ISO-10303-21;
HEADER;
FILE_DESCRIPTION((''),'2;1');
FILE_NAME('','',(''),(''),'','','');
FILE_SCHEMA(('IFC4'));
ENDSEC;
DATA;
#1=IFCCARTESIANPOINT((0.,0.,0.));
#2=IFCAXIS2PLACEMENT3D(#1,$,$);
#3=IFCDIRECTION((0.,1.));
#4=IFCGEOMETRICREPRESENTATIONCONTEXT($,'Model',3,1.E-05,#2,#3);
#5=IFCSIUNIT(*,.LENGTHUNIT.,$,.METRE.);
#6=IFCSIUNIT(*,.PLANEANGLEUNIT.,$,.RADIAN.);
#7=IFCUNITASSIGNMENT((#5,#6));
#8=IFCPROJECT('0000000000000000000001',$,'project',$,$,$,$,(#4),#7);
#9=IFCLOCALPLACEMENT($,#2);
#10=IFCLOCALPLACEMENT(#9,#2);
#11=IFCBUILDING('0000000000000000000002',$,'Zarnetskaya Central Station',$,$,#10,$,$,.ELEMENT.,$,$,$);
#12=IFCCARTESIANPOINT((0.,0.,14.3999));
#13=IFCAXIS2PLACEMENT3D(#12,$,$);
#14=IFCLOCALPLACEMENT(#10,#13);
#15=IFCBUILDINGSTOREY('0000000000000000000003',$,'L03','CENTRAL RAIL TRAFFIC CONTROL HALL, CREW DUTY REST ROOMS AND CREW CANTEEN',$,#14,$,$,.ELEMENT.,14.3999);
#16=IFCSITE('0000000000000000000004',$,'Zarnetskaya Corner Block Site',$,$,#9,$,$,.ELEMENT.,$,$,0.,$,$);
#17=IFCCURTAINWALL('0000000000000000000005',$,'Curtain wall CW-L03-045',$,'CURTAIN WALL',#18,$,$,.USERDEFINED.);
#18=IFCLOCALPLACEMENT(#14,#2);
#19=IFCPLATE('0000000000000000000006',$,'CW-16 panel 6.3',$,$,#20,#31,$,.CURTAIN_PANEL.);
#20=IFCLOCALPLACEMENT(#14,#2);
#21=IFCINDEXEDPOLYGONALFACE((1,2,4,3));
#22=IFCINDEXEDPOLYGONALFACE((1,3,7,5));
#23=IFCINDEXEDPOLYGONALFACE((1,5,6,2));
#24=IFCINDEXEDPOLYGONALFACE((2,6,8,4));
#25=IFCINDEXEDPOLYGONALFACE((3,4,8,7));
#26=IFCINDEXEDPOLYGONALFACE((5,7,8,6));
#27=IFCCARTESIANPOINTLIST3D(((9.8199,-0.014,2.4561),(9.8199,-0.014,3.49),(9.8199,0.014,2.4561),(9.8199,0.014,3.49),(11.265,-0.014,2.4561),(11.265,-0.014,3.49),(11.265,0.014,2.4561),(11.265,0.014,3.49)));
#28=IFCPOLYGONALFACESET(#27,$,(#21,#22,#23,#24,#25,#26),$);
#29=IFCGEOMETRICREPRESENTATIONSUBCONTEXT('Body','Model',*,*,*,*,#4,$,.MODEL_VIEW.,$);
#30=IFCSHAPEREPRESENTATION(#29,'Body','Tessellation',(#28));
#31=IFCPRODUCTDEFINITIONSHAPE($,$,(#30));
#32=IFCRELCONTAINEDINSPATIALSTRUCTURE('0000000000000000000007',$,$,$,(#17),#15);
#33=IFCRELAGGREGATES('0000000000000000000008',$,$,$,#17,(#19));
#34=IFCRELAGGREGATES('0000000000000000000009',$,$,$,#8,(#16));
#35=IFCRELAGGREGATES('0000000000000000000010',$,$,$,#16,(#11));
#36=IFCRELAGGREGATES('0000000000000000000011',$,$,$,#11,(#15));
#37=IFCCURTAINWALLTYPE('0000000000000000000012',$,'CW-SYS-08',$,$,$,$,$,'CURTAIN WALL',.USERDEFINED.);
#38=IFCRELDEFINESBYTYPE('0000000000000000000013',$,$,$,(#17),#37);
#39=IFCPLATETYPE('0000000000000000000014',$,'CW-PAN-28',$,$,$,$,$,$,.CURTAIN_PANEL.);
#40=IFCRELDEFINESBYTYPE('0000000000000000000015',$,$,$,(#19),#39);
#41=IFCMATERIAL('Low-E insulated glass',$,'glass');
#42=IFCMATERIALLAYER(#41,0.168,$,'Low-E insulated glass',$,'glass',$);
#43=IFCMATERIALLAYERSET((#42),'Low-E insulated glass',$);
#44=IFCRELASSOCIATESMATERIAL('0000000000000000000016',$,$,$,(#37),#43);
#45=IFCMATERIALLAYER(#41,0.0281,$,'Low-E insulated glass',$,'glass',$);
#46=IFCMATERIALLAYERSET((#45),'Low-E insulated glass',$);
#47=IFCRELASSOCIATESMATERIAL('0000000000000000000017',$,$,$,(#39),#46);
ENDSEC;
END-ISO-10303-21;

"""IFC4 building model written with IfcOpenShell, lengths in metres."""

from ifc_helpers import new_model, si_unit, direction, frame, origin, origin_2d, place, context, subcontext, project, spatial, rectangle, extrude, material, layer, layer_set, type_object, element, aggregate, save


model = new_model("IFC4")

# Units and contexts
model_context = context("Model", 3, precision=1e-05, world=origin(), true_north=direction((0.0, 1.0)))
body_context = subcontext(model_context, "Body", "Model", "MODEL_VIEW")
ifc_project = project(units=[si_unit("LENGTHUNIT", "METRE"), si_unit("PLANEANGLEUNIT", "RADIAN")], contexts=[model_context])

# Site, building, storey
site_placement = place(None, origin())
site = spatial("IfcSite", under=ifc_project, at=site_placement, Name="Zarnetskaya Corner Block Site", CompositionType="ELEMENT", RefElevation=0.0)
building_placement = place(site_placement, origin())
building = spatial("IfcBuilding", under=site, at=building_placement, Name="Zarnetskaya Central Station", CompositionType="ELEMENT")
storey_placement = place(building_placement, frame((0.0, 0.0, 14.3999)))
storey = spatial("IfcBuildingStorey", under=building, at=storey_placement, Name="L03", Description="CENTRAL RAIL TRAFFIC CONTROL HALL, CREW DUTY REST ROOMS AND CREW CANTEEN", CompositionType="ELEMENT", Elevation=14.3999)

# Curtain wall
ifc_material_1 = material(Name="Low-E insulated glass", Category="glass")
ifc_layer_1 = layer(ifc_material_1, 0.168, Name="Low-E insulated glass", Category="glass")
ifc_layer_set_1 = layer_set([ifc_layer_1], Name="Low-E insulated glass")
curtain_wall_type = type_object("IfcCurtainWallType", Name="CW-SYS-08", ElementType="CURTAIN WALL", PredefinedType="USERDEFINED", material=ifc_layer_set_1)
curtain_wall_placement = place(storey_placement, origin())
curtain_wall = element("IfcCurtainWall", 1, at=curtain_wall_placement, inside=storey, type_object=curtain_wall_type, Name="Curtain wall CW-L03-045", ObjectType="CURTAIN WALL", PredefinedType="USERDEFINED")

# Plate
ifc_layer_2 = layer(ifc_material_1, 0.0281, Name="Low-E insulated glass", Category="glass")
ifc_layer_set_2 = layer_set([ifc_layer_2], Name="Low-E insulated glass")
plate_type = type_object("IfcPlateType", Name="CW-PAN-28", PredefinedType="CURTAIN_PANEL", material=ifc_layer_set_2)
plate_1_placement = place(storey_placement, frame((10.5425, 0.0, 2.4561), z_axis=(0.0, 0.0, 1.0), x_axis=(-1.0, 0.0, 0.0)))
plate_1 = element("IfcPlate", 2, at=plate_1_placement, type_object=plate_type, Name="CW-16 panel 6.3", PredefinedType="CURTAIN_PANEL", context=body_context, shape_type="SweptSolid", body=[
    extrude(rectangle(XDim=1.4451, YDim=0.0281, at=origin_2d()), origin(), (0.0, 0.0, 1.0), 1.0339),
])
aggregate(curtain_wall, [plate_1])

save(model, "model.ifc")
